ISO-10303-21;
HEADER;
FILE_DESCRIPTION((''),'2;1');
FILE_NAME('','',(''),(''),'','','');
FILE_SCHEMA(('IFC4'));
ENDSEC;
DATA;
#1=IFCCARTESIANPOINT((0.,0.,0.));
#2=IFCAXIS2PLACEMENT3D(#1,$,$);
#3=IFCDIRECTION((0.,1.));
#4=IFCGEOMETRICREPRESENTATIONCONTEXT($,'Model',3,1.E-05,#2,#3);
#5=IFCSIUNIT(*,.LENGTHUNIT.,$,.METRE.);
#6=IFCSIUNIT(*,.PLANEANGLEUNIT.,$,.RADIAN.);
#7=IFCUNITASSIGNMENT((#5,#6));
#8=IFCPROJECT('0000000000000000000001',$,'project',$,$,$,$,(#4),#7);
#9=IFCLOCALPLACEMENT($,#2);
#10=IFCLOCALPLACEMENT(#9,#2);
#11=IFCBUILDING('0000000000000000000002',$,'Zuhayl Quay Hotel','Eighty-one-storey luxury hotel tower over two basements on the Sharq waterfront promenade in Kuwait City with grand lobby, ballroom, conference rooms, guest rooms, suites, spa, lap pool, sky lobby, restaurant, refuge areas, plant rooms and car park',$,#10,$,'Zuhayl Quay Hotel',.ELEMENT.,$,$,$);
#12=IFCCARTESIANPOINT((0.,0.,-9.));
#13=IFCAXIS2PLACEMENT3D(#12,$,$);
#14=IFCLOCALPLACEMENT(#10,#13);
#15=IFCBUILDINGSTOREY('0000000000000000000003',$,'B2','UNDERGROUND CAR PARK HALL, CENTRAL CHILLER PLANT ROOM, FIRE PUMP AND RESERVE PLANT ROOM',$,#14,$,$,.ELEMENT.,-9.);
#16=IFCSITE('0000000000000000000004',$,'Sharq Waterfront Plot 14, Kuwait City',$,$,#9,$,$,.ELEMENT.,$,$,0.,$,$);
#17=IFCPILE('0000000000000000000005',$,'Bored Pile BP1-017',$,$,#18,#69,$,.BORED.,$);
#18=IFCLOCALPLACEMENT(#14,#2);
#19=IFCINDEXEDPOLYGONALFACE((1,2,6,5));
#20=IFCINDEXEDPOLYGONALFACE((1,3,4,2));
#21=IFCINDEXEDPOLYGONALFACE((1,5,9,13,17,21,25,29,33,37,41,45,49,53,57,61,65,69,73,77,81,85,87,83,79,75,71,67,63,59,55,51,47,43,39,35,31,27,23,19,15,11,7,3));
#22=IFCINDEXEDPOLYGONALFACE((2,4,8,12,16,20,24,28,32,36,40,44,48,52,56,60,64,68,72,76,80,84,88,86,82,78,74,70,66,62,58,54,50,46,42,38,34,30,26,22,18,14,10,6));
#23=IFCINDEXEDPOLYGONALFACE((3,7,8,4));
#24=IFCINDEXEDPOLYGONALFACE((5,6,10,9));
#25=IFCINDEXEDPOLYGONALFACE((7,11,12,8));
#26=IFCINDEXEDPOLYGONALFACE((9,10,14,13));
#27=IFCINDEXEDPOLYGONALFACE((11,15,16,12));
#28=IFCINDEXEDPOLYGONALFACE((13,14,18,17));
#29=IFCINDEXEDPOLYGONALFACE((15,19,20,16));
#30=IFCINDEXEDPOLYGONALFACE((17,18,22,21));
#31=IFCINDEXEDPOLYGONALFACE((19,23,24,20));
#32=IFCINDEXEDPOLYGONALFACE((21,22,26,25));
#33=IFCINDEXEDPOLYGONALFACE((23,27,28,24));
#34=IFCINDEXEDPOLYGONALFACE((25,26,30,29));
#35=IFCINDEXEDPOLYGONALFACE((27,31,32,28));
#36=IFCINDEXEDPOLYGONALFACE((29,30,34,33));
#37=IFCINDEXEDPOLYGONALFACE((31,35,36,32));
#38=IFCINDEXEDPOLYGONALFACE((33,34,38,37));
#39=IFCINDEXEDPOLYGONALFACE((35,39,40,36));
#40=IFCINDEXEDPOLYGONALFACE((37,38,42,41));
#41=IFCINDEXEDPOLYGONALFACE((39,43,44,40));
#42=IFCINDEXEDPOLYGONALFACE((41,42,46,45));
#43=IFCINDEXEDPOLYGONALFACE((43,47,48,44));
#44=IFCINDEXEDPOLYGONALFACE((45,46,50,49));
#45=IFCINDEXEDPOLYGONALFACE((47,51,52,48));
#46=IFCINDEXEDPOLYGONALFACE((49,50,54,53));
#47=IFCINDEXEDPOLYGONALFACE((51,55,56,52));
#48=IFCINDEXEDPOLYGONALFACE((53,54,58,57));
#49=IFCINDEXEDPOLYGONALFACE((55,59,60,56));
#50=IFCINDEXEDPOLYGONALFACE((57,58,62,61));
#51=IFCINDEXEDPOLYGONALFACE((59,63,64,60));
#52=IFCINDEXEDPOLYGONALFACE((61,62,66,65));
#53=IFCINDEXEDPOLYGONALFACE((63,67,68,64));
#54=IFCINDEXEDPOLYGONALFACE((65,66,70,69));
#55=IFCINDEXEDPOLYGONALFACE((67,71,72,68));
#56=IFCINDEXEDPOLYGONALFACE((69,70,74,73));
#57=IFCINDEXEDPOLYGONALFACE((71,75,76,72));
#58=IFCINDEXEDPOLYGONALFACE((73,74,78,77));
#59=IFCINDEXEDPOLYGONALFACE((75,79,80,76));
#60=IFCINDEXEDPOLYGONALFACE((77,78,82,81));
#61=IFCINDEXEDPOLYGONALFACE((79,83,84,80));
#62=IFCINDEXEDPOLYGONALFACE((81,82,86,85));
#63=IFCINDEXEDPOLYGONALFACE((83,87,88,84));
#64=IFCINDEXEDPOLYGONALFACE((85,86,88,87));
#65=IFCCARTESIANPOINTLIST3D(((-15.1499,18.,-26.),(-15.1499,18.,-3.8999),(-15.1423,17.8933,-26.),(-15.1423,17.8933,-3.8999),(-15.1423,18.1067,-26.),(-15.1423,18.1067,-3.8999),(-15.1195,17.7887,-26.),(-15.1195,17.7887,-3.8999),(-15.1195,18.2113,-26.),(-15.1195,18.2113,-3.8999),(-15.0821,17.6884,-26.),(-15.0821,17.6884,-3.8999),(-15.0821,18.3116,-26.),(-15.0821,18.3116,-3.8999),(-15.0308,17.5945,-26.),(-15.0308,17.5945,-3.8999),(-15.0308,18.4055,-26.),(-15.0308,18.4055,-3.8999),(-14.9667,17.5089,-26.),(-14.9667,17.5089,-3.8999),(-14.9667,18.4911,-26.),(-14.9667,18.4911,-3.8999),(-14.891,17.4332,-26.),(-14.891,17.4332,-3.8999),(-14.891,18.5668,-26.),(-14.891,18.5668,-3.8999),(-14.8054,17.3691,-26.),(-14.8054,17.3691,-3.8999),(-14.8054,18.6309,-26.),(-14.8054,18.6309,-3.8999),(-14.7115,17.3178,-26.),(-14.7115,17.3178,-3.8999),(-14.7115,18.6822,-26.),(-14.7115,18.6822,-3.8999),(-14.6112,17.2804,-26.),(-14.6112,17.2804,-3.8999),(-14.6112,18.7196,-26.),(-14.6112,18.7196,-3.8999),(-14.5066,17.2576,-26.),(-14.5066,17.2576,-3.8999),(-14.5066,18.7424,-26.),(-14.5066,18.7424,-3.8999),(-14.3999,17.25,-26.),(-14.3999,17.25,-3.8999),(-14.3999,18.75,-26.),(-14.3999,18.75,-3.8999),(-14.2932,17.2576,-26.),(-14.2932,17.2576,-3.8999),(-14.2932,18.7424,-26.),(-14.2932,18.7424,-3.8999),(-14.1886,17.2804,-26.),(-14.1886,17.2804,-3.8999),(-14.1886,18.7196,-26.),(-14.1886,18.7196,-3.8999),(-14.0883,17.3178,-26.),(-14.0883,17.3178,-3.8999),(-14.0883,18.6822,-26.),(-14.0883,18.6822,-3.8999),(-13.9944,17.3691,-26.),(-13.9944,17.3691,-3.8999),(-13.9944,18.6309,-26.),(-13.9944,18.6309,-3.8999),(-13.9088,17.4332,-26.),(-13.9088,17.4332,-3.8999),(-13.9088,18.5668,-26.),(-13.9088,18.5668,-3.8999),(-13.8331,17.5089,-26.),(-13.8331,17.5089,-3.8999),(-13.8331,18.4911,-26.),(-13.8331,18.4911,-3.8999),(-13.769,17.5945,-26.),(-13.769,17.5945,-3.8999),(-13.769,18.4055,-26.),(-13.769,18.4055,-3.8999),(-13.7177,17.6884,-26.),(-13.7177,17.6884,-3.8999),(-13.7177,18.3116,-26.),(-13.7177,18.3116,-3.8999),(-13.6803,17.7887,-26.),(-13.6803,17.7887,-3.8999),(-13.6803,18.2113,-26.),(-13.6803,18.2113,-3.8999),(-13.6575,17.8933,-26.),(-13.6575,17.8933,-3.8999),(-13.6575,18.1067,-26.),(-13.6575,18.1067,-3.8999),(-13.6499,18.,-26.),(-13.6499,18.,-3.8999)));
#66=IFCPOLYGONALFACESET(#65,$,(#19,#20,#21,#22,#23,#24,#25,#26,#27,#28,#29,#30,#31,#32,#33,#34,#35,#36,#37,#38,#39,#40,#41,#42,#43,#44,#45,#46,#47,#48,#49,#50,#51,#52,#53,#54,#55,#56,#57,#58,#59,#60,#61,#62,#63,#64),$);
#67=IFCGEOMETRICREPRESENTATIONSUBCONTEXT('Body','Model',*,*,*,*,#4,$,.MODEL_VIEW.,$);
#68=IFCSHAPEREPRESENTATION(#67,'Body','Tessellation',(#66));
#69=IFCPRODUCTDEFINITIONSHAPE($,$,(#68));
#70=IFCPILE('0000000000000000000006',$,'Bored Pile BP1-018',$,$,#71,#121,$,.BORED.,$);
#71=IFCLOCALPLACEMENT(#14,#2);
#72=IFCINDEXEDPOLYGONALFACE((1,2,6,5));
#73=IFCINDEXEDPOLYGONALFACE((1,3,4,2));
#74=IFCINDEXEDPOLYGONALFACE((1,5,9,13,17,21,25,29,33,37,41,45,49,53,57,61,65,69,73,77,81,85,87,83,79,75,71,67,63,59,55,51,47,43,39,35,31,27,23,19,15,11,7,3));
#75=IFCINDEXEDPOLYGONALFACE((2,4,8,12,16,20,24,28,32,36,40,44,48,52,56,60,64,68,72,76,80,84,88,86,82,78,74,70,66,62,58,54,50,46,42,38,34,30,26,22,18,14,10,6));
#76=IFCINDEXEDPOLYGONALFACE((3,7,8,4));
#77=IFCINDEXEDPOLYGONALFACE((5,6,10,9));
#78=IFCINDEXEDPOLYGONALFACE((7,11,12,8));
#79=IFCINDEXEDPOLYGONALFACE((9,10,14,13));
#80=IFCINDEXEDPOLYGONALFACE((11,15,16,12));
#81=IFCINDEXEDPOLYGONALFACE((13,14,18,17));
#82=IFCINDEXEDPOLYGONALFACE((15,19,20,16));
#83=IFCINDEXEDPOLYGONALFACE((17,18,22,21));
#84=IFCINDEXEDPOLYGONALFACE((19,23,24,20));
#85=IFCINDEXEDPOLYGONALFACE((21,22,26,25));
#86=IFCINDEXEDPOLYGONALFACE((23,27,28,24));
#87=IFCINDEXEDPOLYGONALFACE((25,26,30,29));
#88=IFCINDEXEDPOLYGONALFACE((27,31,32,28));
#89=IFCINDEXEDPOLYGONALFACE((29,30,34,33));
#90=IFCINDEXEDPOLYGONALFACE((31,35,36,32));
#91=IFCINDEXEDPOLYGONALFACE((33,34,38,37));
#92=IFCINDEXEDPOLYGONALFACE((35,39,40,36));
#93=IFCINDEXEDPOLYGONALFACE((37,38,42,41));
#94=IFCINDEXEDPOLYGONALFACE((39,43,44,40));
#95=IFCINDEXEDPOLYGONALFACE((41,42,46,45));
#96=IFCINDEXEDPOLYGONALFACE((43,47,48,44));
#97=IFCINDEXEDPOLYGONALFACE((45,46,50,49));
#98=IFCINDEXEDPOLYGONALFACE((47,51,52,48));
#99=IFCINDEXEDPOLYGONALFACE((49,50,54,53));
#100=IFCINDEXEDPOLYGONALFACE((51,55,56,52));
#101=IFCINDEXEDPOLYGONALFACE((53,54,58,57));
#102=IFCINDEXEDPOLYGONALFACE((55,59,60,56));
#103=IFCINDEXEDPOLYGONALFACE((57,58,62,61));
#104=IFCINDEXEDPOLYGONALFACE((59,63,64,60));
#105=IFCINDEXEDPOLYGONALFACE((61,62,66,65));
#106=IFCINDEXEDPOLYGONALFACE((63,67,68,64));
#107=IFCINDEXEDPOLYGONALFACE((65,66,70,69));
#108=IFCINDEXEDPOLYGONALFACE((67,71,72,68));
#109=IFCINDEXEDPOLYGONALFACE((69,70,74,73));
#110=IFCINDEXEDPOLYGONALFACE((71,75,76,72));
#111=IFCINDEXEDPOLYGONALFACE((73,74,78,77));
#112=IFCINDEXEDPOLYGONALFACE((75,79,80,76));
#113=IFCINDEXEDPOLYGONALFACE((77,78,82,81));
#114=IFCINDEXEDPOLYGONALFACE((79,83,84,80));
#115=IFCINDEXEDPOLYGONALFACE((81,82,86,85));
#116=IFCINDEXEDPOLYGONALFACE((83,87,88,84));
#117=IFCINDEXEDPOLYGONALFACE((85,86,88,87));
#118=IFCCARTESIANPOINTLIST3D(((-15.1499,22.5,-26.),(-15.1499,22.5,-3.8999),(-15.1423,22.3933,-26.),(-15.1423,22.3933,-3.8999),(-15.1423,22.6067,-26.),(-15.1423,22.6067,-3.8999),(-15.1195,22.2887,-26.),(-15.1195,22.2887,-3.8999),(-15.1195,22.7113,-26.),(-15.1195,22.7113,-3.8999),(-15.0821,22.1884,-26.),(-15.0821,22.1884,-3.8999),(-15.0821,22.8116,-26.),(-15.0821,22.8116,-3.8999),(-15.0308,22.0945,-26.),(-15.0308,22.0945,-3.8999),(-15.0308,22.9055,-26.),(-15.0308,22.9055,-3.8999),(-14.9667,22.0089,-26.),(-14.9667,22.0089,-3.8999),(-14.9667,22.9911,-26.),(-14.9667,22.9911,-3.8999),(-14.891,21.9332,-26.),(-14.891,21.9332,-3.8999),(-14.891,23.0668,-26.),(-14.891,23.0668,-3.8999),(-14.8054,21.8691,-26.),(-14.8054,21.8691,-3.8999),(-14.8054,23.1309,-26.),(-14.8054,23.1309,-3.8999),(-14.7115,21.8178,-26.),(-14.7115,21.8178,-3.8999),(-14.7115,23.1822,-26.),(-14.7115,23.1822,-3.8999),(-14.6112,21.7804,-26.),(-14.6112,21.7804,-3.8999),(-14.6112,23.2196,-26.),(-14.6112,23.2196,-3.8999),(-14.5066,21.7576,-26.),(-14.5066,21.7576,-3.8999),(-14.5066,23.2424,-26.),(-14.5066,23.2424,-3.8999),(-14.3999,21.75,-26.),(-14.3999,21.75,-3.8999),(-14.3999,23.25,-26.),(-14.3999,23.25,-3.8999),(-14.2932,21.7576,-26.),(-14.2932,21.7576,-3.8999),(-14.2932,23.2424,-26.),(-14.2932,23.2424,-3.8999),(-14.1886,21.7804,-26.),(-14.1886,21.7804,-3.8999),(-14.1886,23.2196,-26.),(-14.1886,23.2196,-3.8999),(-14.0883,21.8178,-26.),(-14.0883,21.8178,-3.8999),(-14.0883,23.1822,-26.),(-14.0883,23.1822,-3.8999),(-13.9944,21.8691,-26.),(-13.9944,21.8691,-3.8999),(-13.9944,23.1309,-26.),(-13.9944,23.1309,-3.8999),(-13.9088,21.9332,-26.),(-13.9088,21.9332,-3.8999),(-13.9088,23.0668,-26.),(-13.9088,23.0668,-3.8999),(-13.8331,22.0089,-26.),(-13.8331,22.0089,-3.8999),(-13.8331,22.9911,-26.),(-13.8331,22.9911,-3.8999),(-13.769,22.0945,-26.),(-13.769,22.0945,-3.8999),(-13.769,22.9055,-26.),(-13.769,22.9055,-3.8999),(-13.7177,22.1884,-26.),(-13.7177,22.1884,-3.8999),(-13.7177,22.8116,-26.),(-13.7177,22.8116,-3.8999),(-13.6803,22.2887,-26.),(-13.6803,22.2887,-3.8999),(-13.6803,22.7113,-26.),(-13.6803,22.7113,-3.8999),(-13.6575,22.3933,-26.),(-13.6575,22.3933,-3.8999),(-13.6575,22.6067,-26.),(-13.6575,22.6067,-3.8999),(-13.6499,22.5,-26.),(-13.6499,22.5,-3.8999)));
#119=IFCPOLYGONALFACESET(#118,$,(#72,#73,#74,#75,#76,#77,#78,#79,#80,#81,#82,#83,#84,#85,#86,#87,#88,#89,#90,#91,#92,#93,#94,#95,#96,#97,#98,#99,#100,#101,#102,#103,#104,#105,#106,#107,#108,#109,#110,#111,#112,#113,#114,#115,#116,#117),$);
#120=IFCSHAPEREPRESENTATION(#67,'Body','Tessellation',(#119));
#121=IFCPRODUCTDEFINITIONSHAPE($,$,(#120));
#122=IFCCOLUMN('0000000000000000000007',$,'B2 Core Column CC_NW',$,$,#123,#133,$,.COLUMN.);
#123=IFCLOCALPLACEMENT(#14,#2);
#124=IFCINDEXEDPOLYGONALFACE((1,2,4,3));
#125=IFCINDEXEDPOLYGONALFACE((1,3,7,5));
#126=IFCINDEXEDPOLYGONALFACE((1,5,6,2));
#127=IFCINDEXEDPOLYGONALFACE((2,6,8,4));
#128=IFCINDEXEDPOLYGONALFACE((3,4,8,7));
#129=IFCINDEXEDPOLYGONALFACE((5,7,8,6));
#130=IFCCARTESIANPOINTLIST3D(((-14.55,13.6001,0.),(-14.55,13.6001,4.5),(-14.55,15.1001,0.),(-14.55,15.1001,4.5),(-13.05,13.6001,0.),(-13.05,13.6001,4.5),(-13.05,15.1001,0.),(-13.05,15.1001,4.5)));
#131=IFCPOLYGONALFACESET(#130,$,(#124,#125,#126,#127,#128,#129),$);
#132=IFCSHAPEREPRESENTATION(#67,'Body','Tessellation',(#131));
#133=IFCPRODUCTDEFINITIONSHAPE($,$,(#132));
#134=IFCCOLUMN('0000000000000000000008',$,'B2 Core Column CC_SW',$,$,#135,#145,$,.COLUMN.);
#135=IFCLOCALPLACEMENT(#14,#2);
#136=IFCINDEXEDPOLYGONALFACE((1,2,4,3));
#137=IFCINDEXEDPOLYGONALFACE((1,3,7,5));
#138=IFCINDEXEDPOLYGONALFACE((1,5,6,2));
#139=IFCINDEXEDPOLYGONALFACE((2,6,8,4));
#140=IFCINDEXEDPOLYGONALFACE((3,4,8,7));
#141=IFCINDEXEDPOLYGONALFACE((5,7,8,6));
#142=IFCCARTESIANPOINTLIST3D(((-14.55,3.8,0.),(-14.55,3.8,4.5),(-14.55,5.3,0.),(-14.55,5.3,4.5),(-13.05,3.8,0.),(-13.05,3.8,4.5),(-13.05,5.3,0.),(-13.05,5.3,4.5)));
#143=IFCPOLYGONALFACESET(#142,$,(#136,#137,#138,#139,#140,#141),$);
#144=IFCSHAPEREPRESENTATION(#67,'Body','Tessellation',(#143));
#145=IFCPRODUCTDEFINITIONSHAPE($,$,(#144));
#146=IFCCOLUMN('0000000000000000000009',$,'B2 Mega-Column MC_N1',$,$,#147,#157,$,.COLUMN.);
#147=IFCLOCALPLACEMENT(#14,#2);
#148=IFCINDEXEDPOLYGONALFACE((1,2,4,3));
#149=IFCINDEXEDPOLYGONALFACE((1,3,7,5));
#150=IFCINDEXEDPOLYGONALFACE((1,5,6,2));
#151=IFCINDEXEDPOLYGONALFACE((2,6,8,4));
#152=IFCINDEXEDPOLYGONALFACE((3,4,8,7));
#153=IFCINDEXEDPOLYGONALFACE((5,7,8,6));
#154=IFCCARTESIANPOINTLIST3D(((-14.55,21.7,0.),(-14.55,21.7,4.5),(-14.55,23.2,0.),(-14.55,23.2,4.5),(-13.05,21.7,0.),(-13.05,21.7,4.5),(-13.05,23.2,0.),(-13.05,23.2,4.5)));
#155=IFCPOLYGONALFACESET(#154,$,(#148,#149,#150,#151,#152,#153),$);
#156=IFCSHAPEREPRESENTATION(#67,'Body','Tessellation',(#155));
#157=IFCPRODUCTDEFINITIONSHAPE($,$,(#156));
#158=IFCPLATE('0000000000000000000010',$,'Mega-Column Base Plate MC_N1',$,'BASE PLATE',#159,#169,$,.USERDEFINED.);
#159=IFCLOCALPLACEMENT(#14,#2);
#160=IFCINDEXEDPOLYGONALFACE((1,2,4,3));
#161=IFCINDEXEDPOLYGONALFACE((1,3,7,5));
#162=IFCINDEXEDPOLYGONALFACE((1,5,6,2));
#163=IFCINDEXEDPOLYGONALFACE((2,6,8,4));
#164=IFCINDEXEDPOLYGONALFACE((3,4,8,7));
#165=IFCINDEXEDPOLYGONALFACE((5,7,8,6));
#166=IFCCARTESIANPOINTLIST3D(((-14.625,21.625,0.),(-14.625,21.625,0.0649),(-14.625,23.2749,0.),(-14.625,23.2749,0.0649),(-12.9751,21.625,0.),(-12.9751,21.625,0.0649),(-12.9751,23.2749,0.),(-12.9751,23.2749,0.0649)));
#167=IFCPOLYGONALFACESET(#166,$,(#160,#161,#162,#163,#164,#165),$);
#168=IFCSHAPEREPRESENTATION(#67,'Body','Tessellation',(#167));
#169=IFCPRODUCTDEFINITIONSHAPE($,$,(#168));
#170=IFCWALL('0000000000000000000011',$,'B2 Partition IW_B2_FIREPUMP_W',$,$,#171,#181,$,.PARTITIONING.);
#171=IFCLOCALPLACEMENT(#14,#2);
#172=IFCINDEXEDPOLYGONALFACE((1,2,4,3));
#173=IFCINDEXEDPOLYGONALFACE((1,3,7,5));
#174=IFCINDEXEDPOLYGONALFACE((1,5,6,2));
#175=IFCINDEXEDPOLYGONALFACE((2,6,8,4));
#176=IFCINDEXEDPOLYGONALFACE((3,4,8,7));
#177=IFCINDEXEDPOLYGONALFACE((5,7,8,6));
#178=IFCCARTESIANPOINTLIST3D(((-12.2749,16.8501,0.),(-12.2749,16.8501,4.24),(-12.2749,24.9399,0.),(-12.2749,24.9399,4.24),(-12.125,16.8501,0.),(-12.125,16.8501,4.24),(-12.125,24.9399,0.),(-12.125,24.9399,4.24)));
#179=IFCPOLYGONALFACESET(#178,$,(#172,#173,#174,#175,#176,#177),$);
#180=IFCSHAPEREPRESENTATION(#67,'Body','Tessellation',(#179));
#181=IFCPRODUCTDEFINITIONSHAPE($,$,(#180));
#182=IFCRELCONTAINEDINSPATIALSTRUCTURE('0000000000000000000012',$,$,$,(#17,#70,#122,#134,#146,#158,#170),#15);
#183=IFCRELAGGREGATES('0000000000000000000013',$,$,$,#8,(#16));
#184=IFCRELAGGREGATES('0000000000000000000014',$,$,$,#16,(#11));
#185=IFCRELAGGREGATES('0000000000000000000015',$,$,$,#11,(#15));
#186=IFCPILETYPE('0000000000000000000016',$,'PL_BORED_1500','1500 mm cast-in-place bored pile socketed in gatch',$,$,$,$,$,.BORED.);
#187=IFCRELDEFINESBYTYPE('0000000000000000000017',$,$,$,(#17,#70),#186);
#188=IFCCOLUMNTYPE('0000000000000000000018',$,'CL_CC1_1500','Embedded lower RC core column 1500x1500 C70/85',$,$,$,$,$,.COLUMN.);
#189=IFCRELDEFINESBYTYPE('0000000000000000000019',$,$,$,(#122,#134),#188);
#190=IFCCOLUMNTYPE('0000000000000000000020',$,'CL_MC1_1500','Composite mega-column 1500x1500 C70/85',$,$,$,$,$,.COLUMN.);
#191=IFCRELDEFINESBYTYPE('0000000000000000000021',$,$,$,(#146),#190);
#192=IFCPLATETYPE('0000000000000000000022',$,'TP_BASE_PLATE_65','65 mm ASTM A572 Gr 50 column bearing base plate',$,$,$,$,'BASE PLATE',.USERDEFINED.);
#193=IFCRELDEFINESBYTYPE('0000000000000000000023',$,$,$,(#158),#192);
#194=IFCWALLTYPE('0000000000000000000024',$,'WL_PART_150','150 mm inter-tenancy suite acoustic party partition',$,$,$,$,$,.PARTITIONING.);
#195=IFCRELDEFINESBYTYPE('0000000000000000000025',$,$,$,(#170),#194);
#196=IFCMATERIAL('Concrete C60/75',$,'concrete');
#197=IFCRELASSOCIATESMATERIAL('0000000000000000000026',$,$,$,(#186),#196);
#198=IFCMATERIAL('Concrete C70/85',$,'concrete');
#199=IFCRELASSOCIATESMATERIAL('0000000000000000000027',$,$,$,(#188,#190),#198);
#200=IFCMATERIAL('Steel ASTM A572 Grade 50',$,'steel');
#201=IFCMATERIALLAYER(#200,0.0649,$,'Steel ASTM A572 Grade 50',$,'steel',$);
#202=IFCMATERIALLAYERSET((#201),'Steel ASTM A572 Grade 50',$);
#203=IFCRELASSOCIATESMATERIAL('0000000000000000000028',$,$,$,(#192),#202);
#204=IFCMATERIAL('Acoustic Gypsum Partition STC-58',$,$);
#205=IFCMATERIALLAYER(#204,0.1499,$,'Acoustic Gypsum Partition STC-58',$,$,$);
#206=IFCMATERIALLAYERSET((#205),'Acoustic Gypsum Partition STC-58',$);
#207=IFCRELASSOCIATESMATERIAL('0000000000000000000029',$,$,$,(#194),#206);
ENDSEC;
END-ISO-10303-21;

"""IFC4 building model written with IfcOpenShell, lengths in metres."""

from ifc_helpers import new_model, si_unit, direction, frame, frame_2d, origin, origin_2d, place, context, subcontext, project, spatial, rectangle, circle, extrude, material, layer, layer_set, material_profile, profile_set, type_object, element, save


model = new_model("IFC4")

# Units and contexts
model_context = context("Model", 3, precision=1e-05, world=origin(), true_north=direction((0.0, 1.0)))
body_context = subcontext(model_context, "Body", "Model", "MODEL_VIEW")
ifc_project = project(units=[si_unit("LENGTHUNIT", "METRE"), si_unit("PLANEANGLEUNIT", "RADIAN")], contexts=[model_context])

# Site, building, storey
site_placement = place(None, origin())
site = spatial("IfcSite", under=ifc_project, at=site_placement, Name="Sharq Waterfront Plot 14, Kuwait City", CompositionType="ELEMENT", RefElevation=0.0)
building_placement = place(site_placement, origin())
building = spatial("IfcBuilding", under=site, at=building_placement, Name="Zuhayl Quay Hotel", Description="Eighty-one-storey luxury hotel tower over two basements on the Sharq waterfront promenade in Kuwait City with grand lobby, ballroom, conference rooms, guest rooms, suites, spa, lap pool, sky lobby, restaurant, refuge areas, plant rooms and car park", LongName="Zuhayl Quay Hotel", CompositionType="ELEMENT")
storey_placement = place(building_placement, frame((0.0, 0.0, -9.0)))
storey = spatial("IfcBuildingStorey", under=building, at=storey_placement, Name="B2", Description="UNDERGROUND CAR PARK HALL, CENTRAL CHILLER PLANT ROOM, FIRE PUMP AND RESERVE PLANT ROOM", CompositionType="ELEMENT", Elevation=-9.0)

# Piles
ifc_material_1 = material(Name="Concrete C60/75", Category="concrete")
ifc_material_profile_1 = material_profile(ifc_material_1, circle(Radius=0.75, at=origin_2d()), Name="PILE1500")
ifc_profile_set_1 = profile_set([ifc_material_profile_1], Name="Concrete C60/75")
pile_type = type_object("IfcPileType", Name="PL_BORED_1500", Description="1500 mm cast-in-place bored pile socketed in gatch", PredefinedType="BORED", material=ifc_profile_set_1)
for number, where, z_axis, x_axis, name in (
    (1, (-14.3999, 18.0, -3.8999), (0.0, 0.0, -1.0), (1.0, 0.0, 0.0), "Bored Pile BP1-017"),
    (2, (-14.3999, 22.5, -3.8999), (0.0, 0.0, -1.0), (1.0, 0.0, 0.0), "Bored Pile BP1-018"),
):
    element("IfcPile", number, at=place(storey_placement, frame(where, z_axis=z_axis, x_axis=x_axis)), inside=storey, type_object=pile_type, Name=name, PredefinedType="BORED", context=body_context, shape_type="SweptSolid", body=[
        extrude(circle(Radius=0.75, at=origin_2d()), origin(), (0.0, 0.0, 1.0), 22.1001),
    ])

# Columns
ifc_material_2 = material(Name="Concrete C70/85", Category="concrete")
ifc_material_profile_2 = material_profile(ifc_material_2, rectangle(XDim=1.5, YDim=1.5, at=origin_2d()), Name="RC1500X1500")
ifc_profile_set_2 = profile_set([ifc_material_profile_2], Name="Concrete C70/85")
column_type_1 = type_object("IfcColumnType", Name="CL_CC1_1500", Description="Embedded lower RC core column 1500x1500 C70/85", PredefinedType="COLUMN", material=ifc_profile_set_2)
for number, where, z_axis, x_axis, name in (
    (3, (-13.8, 14.3501, 0.0), (0.0, 0.0, 1.0), (1.0, 0.0, 0.0), "B2 Core Column CC_NW"),
    (4, (-13.8, 4.55, 0.0), (0.0, 0.0, 1.0), (1.0, 0.0, 0.0), "B2 Core Column CC_SW"),
):
    element("IfcColumn", number, at=place(storey_placement, frame(where, z_axis=z_axis, x_axis=x_axis)), inside=storey, type_object=column_type_1, Name=name, PredefinedType="COLUMN", context=body_context, shape_type="SweptSolid", body=[
        extrude(rectangle(XDim=1.5, YDim=1.5, at=origin_2d()), origin(), (0.0, 0.0, 1.0), 4.5),
    ])
ifc_material_profile_3 = material_profile(ifc_material_2, rectangle(XDim=1.5, YDim=1.5, at=origin_2d()), Name="RC1500X1500")
ifc_profile_set_3 = profile_set([ifc_material_profile_3], Name="Concrete C70/85")
column_type_2 = type_object("IfcColumnType", Name="CL_MC1_1500", Description="Composite mega-column 1500x1500 C70/85", PredefinedType="COLUMN", material=ifc_profile_set_3)
column_placement = place(storey_placement, frame((-13.8, 22.45, 0.0), z_axis=(0.0, 0.0, 1.0), x_axis=(1.0, 0.0, 0.0)))
element("IfcColumn", 5, at=column_placement, inside=storey, type_object=column_type_2, Name="B2 Mega-Column MC_N1", PredefinedType="COLUMN", context=body_context, shape_type="SweptSolid", body=[
    extrude(rectangle(XDim=1.5, YDim=1.5, at=origin_2d()), origin(), (0.0, 0.0, 1.0), 4.5),
])

# Plate
ifc_material_3 = material(Name="Steel ASTM A572 Grade 50", Category="steel")
ifc_layer_1 = layer(ifc_material_3, 0.0649, Name="Steel ASTM A572 Grade 50", Category="steel")
ifc_layer_set_1 = layer_set([ifc_layer_1], Name="Steel ASTM A572 Grade 50")
plate_type = type_object("IfcPlateType", Name="TP_BASE_PLATE_65", Description="65 mm ASTM A572 Gr 50 column bearing base plate", ElementType="BASE PLATE", PredefinedType="USERDEFINED", material=ifc_layer_set_1)
plate_placement = place(storey_placement, frame((-13.8, 22.45, 0.0), z_axis=(0.0, 0.0, 1.0), x_axis=(1.0, 0.0, 0.0)))
element("IfcPlate", 6, at=plate_placement, inside=storey, type_object=plate_type, Name="Mega-Column Base Plate MC_N1", ObjectType="BASE PLATE", PredefinedType="USERDEFINED", context=body_context, shape_type="SweptSolid", body=[
    extrude(rectangle(XDim=1.6499, YDim=1.6499, at=origin_2d()), origin(), (0.0, 0.0, 1.0), 0.0649),
])

# Wall
ifc_material_4 = material(Name="Acoustic Gypsum Partition STC-58")
ifc_layer_2 = layer(ifc_material_4, 0.1499, Name="Acoustic Gypsum Partition STC-58")
ifc_layer_set_2 = layer_set([ifc_layer_2], Name="Acoustic Gypsum Partition STC-58")
wall_type_1 = type_object("IfcWallType", Name="WL_PART_150", Description="150 mm inter-tenancy suite acoustic party partition", PredefinedType="PARTITIONING", material=ifc_layer_set_2)
wall_1_placement = place(storey_placement, frame((-12.2, 16.8501, 0.0), z_axis=(0.0, 0.0, 1.0), x_axis=(0.0, 1.0, 0.0)))
element("IfcWall", 7, at=wall_1_placement, inside=storey, type_object=wall_type_1, Name="B2 Partition IW_B2_FIREPUMP_W", PredefinedType="PARTITIONING", context=body_context, shape_type="SweptSolid", body=[
    extrude(rectangle(XDim=8.0898, YDim=0.1499, at=frame_2d((4.0449, 0.0))), origin(), (0.0, 0.0, 1.0), 4.24),
])

save(model, "model.ifc")
